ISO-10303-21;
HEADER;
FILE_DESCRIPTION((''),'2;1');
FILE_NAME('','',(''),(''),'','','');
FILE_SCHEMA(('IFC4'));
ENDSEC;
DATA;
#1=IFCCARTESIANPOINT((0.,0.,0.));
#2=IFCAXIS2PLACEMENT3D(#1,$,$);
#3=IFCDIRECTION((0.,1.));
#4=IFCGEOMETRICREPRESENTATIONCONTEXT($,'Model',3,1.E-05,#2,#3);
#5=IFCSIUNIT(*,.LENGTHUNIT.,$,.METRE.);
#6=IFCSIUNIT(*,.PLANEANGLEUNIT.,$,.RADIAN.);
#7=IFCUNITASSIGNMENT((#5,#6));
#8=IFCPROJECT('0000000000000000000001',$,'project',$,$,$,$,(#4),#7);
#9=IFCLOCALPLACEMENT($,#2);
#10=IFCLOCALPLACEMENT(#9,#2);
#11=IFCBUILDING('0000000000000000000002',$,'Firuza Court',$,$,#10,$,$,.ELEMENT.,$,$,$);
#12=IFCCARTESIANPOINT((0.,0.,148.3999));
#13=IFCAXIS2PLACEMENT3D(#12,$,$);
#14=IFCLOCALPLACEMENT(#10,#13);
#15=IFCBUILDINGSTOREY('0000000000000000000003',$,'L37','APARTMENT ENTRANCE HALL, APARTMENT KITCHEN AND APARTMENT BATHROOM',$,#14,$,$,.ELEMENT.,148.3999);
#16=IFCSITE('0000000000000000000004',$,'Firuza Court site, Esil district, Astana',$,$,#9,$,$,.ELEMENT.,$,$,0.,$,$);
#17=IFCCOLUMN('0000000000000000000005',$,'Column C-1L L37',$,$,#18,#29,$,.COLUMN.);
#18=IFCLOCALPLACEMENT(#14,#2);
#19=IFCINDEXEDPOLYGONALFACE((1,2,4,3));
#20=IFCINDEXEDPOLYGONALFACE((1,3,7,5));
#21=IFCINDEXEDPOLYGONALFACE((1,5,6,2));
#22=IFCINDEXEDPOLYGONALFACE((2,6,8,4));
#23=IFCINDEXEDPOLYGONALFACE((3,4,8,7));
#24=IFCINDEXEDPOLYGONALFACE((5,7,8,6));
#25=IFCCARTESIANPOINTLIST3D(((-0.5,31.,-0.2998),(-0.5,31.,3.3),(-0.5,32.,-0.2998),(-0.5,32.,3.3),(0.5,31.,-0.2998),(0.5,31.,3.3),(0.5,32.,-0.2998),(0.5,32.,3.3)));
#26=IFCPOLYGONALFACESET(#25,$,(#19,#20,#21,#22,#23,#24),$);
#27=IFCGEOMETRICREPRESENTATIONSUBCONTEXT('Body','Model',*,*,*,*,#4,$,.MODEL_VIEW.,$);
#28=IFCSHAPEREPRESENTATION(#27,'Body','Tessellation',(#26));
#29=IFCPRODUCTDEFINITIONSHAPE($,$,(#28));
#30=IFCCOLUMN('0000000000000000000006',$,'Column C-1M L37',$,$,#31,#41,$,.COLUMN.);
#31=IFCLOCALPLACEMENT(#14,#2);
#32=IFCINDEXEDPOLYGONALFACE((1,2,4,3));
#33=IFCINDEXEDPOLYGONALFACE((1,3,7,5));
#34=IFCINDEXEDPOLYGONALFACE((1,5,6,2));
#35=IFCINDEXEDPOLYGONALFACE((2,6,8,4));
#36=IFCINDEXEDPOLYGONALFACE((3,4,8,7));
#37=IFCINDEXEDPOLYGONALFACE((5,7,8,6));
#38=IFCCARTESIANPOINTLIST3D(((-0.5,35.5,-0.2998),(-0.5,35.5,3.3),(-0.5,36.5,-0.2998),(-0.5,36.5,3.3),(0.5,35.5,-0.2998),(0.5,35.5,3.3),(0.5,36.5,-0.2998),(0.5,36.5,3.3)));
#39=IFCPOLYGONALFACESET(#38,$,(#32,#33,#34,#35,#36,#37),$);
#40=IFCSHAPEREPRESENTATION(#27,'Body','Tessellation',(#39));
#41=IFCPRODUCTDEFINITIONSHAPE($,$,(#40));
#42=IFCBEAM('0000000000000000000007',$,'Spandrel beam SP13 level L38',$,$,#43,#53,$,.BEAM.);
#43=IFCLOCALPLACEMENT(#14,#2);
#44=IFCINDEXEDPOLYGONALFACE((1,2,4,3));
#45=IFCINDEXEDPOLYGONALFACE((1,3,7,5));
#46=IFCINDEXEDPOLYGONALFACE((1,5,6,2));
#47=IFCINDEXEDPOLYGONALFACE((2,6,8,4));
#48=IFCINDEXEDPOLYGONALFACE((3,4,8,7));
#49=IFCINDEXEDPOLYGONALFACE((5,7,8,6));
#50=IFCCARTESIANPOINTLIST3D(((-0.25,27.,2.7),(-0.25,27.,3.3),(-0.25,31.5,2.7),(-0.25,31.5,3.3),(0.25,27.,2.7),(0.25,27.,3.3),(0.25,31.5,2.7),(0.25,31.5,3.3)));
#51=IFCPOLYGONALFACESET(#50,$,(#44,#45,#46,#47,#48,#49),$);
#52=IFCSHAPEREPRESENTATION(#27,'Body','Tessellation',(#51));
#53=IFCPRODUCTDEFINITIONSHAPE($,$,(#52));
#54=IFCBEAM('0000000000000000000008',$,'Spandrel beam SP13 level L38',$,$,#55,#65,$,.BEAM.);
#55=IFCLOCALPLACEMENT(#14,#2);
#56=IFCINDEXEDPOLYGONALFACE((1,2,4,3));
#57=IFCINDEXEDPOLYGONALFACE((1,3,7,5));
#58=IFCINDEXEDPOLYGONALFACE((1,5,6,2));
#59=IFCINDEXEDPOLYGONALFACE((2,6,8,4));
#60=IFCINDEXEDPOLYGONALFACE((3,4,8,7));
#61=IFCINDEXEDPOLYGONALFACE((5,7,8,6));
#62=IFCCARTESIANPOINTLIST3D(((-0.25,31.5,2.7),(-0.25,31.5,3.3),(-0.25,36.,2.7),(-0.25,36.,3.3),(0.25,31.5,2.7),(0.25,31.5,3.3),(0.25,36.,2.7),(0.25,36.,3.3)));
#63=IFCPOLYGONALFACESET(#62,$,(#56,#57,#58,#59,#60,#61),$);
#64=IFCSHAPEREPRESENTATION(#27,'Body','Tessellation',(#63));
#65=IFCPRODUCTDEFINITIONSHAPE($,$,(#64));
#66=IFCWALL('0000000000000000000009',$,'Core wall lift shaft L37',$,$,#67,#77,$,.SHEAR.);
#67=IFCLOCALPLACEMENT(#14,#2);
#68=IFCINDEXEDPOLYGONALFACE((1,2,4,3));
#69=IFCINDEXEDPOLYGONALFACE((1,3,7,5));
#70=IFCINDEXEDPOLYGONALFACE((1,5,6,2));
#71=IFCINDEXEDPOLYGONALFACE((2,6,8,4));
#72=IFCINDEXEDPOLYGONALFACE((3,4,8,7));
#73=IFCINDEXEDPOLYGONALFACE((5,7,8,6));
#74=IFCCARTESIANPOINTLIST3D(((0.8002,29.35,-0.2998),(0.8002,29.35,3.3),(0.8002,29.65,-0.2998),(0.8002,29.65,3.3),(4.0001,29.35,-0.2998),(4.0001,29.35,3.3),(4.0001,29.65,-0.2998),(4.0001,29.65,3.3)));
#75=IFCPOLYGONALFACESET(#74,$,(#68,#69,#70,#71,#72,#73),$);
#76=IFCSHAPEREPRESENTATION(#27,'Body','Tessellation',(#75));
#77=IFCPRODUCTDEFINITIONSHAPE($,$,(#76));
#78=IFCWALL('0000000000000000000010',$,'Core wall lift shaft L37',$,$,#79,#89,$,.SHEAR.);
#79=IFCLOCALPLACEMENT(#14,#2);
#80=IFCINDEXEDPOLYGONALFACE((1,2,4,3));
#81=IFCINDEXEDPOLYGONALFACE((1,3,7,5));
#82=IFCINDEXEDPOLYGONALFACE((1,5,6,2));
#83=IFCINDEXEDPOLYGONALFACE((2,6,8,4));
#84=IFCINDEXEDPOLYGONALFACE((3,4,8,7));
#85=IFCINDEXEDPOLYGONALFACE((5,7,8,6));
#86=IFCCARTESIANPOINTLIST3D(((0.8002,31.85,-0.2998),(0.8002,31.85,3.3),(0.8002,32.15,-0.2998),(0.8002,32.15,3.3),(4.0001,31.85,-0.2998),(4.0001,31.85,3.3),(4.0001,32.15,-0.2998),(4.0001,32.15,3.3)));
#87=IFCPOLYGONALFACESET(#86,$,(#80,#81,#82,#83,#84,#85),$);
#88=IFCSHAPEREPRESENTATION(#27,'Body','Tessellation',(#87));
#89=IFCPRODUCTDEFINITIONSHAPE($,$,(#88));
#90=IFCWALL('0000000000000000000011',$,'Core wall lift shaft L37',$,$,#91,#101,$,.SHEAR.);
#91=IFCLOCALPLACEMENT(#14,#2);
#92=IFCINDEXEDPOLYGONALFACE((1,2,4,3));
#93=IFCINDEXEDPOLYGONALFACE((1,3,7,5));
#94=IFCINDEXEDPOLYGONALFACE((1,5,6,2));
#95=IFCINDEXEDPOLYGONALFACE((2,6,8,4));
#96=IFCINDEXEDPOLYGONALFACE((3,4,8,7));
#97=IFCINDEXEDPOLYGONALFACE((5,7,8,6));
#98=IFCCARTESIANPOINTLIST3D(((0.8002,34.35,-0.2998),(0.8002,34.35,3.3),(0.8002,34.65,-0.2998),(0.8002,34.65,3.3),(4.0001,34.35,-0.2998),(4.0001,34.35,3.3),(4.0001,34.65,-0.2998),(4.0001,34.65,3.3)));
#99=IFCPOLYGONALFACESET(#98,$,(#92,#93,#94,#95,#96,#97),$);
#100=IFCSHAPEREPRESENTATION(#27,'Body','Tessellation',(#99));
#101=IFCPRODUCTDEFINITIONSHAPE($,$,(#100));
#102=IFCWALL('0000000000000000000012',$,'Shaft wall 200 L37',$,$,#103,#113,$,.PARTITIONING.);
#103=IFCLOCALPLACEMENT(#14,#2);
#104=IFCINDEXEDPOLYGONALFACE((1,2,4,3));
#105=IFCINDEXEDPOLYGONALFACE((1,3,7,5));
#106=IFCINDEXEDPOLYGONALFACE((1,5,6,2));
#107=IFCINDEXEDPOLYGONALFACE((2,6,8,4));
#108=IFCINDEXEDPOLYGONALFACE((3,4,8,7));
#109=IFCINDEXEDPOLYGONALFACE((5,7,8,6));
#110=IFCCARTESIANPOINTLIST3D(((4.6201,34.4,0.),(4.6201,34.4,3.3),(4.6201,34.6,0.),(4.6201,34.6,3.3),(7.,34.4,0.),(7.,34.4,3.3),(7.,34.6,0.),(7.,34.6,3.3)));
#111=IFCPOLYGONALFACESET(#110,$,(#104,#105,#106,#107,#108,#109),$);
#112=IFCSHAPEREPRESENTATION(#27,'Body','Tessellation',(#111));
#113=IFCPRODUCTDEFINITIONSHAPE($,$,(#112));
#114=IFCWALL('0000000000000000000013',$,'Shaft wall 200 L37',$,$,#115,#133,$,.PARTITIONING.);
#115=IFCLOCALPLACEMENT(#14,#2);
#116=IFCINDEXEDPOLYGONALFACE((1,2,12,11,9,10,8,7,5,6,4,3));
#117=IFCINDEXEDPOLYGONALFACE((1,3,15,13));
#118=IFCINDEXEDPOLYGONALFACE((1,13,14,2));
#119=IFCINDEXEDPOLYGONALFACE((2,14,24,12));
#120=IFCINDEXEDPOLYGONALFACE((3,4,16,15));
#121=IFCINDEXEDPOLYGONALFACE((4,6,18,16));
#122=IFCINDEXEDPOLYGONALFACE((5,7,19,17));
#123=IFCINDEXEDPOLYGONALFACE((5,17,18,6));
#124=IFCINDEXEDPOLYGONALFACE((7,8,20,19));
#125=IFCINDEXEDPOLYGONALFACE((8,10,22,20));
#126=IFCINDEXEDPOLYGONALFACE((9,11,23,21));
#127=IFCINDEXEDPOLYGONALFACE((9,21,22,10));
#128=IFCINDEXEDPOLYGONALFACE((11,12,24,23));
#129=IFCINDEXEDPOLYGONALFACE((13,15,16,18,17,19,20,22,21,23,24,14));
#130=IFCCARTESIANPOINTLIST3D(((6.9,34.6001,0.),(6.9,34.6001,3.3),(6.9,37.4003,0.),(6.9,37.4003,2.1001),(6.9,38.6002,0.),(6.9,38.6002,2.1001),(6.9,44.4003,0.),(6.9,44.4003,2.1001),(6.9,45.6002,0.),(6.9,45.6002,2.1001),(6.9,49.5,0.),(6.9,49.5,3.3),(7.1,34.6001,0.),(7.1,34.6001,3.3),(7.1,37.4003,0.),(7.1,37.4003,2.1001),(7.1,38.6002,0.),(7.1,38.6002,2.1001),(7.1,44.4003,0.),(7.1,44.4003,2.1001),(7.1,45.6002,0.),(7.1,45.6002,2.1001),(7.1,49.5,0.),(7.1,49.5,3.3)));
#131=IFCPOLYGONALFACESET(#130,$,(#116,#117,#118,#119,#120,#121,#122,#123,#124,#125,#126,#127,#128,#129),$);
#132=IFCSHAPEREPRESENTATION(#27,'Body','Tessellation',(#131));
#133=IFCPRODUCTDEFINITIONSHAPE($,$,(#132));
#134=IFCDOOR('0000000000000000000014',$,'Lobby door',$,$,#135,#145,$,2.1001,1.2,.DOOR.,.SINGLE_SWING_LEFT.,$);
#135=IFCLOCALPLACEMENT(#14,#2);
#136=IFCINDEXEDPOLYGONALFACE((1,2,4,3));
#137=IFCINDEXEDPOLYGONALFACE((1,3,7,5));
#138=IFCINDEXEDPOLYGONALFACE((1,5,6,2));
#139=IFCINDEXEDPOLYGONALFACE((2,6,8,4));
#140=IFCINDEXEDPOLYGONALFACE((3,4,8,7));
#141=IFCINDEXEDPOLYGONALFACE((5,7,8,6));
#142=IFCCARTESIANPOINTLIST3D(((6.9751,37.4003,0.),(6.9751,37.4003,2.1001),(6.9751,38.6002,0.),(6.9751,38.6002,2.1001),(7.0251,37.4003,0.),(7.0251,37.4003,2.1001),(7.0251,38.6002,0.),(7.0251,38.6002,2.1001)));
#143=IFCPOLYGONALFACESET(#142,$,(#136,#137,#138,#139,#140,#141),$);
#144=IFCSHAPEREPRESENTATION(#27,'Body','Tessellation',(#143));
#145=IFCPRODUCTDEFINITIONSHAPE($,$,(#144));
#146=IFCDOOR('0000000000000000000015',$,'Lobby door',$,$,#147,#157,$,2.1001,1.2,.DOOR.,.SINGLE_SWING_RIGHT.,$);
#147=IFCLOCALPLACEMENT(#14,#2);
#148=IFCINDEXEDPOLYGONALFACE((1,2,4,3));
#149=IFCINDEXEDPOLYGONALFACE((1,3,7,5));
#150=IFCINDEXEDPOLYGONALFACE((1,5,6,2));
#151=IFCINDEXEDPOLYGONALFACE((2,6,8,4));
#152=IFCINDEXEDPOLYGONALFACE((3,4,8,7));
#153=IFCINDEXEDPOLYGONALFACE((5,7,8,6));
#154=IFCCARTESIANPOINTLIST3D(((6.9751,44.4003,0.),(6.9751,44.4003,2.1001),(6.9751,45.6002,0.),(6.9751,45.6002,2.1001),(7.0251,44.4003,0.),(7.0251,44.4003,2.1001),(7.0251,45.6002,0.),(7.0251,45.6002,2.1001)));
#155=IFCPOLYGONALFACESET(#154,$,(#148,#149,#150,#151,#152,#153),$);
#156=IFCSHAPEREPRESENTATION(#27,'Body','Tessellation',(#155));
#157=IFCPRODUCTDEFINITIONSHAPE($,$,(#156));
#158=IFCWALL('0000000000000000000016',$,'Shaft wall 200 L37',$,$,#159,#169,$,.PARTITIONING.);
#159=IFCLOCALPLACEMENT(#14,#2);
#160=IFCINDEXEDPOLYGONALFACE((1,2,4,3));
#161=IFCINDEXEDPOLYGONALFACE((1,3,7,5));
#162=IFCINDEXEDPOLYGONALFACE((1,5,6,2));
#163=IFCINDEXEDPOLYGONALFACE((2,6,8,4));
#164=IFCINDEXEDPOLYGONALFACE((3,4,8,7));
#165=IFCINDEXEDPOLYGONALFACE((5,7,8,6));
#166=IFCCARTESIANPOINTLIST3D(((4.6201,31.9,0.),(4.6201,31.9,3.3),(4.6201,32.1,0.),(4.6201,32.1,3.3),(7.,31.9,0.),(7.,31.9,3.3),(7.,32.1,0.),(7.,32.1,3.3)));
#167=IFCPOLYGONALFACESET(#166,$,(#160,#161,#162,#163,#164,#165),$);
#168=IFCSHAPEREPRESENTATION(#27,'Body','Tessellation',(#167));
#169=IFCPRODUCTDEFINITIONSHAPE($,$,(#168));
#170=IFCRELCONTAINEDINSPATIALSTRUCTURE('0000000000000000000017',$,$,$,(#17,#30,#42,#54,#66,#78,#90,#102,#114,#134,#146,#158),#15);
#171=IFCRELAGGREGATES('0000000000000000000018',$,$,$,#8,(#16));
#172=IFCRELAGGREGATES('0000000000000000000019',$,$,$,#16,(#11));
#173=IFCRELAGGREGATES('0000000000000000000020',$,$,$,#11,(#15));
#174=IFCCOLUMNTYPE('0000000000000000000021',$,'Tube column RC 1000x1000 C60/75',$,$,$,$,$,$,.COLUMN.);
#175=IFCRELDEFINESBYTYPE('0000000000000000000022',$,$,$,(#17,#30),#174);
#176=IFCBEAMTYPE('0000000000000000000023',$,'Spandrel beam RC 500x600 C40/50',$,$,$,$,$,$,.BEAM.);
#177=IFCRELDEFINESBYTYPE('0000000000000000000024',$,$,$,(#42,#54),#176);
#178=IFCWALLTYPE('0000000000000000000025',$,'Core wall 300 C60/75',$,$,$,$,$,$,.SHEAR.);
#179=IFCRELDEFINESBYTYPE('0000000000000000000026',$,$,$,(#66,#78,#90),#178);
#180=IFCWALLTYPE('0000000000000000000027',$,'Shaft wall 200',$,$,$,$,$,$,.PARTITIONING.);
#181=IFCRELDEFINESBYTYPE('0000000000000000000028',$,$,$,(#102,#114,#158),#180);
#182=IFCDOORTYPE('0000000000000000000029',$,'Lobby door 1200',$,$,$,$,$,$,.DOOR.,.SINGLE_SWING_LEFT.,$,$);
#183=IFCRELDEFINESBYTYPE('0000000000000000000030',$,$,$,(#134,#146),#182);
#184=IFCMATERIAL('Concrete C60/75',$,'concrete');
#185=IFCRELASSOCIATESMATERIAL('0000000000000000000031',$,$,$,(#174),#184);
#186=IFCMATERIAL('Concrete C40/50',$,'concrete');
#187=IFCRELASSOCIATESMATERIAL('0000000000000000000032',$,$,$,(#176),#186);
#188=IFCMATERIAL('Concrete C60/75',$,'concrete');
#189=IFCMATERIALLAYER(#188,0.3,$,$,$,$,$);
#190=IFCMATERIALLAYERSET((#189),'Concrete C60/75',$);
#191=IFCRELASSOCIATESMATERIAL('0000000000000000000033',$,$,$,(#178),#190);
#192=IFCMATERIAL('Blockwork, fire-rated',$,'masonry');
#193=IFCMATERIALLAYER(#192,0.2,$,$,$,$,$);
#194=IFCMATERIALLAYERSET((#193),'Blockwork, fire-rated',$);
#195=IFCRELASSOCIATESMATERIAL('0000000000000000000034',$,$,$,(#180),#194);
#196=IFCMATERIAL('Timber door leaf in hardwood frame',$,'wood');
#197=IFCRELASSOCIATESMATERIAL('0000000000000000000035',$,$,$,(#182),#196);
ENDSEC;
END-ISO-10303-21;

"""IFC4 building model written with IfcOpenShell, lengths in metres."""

from ifc_helpers import new_model, si_unit, direction, frame, frame_2d, origin, origin_2d, place, context, subcontext, project, spatial, rectangle, extrude, material, layer, layer_set, material_profile, profile_set, type_object, element, fill, save


model = new_model("IFC4")

# Units and contexts
model_context = context("Model", 3, precision=1e-05, world=origin(), true_north=direction((0.0, 1.0)))
body_context = subcontext(model_context, "Body", "Model", "MODEL_VIEW")
ifc_project = project(units=[si_unit("LENGTHUNIT", "METRE"), si_unit("PLANEANGLEUNIT", "RADIAN")], contexts=[model_context])

# Site, building, storey
site_placement = place(None, origin())
site = spatial("IfcSite", under=ifc_project, at=site_placement, Name="Firuza Court site, Esil district, Astana", CompositionType="ELEMENT", RefElevation=0.0)
building_placement = place(site_placement, origin())
building = spatial("IfcBuilding", under=site, at=building_placement, Name="Firuza Court", CompositionType="ELEMENT")
storey_placement = place(building_placement, frame((0.0, 0.0, 148.3999)))
storey = spatial("IfcBuildingStorey", under=building, at=storey_placement, Name="L37", Description="APARTMENT ENTRANCE HALL, APARTMENT KITCHEN AND APARTMENT BATHROOM", CompositionType="ELEMENT", Elevation=148.3999)

# Columns
ifc_material_1 = material(Name="Concrete C60/75", Category="concrete")
ifc_material_profile_1 = material_profile(ifc_material_1, rectangle(XDim=1.0, YDim=1.0, at=origin_2d()), Name="RC 1000x1000")
ifc_profile_set_1 = profile_set([ifc_material_profile_1], Name="Concrete C60/75")
column_type = type_object("IfcColumnType", Name="Tube column RC 1000x1000 C60/75", PredefinedType="COLUMN", material=ifc_profile_set_1)
for number, where, z_axis, x_axis, name in (
    (1, (0.0, 31.5, -0.2998), (0.0, 0.0, 1.0), (1.0, 0.0, 0.0), "Column C-1L L37"),
    (2, (0.0, 36.0, -0.2998), (0.0, 0.0, 1.0), (1.0, 0.0, 0.0), "Column C-1M L37"),
):
    element("IfcColumn", number, at=place(storey_placement, frame(where, z_axis=z_axis, x_axis=x_axis)), inside=storey, type_object=column_type, Name=name, PredefinedType="COLUMN", context=body_context, shape_type="SweptSolid", body=[
        extrude(rectangle(XDim=1.0, YDim=1.0, at=origin_2d()), origin(), (0.0, 0.0, 1.0), 3.5999),
    ])

# Beams
ifc_material_2 = material(Name="Concrete C40/50", Category="concrete")
ifc_material_profile_2 = material_profile(ifc_material_2, rectangle(XDim=0.5, YDim=0.6001, at=origin_2d()), Name="RC 500x600")
ifc_profile_set_2 = profile_set([ifc_material_profile_2], Name="Concrete C40/50")
beam_type = type_object("IfcBeamType", Name="Spandrel beam RC 500x600 C40/50", PredefinedType="BEAM", material=ifc_profile_set_2)
for number, where, z_axis, x_axis, name in (
    (3, (0.0, 31.5, 3.0), (0.0, -1.0, 0.0), (1.0, 0.0, 0.0), "Spandrel beam SP13 level L38"),
    (4, (0.0, 36.0, 3.0), (0.0, -1.0, 0.0), (1.0, 0.0, 0.0), "Spandrel beam SP13 level L38"),
):
    element("IfcBeam", number, at=place(storey_placement, frame(where, z_axis=z_axis, x_axis=x_axis)), inside=storey, type_object=beam_type, Name=name, PredefinedType="BEAM", context=body_context, shape_type="SweptSolid", body=[
        extrude(rectangle(XDim=0.5, YDim=0.6001, at=origin_2d()), origin(), (0.0, 0.0, 1.0), 4.5),
    ])

# Walls
ifc_material_3 = material(Name="Concrete C60/75", Category="concrete")
ifc_layer_1 = layer(ifc_material_3, 0.3)
ifc_layer_set_1 = layer_set([ifc_layer_1], Name="Concrete C60/75")
wall_type_1 = type_object("IfcWallType", Name="Core wall 300 C60/75", PredefinedType="SHEAR", material=ifc_layer_set_1)
for number, where, z_axis, x_axis, name in (
    (5, (0.8, 29.5, -0.2998), (0.0, 0.0, 1.0), (1.0, 0.0, 0.0), "Core wall lift shaft L37"),
    (6, (0.8, 32.0, -0.2998), (0.0, 0.0, 1.0), (1.0, 0.0, 0.0), "Core wall lift shaft L37"),
    (7, (0.8, 34.5, -0.2998), (0.0, 0.0, 1.0), (1.0, 0.0, 0.0), "Core wall lift shaft L37"),
):
    element("IfcWall", number, at=place(storey_placement, frame(where, z_axis=z_axis, x_axis=x_axis)), inside=storey, type_object=wall_type_1, Name=name, PredefinedType="SHEAR", context=body_context, shape_type="SweptSolid", body=[
        extrude(rectangle(XDim=3.2, YDim=0.3, at=frame_2d((1.6001, 0.0))), origin(), (0.0, 0.0, 1.0), 3.5999),
    ])

# Wall
ifc_material_4 = material(Name="Blockwork, fire-rated", Category="masonry")
ifc_layer_2 = layer(ifc_material_4, 0.2)
ifc_layer_set_2 = layer_set([ifc_layer_2], Name="Blockwork, fire-rated")
wall_type_2 = type_object("IfcWallType", Name="Shaft wall 200", PredefinedType="PARTITIONING", material=ifc_layer_set_2)
wall_1_placement = place(storey_placement, frame((4.6201, 34.5, 0.0), z_axis=(0.0, 0.0, 1.0), x_axis=(1.0, 0.0, 0.0)))
element("IfcWall", 8, at=wall_1_placement, inside=storey, type_object=wall_type_2, Name="Shaft wall 200 L37", PredefinedType="PARTITIONING", context=body_context, shape_type="SweptSolid", body=[
    extrude(rectangle(XDim=2.3799, YDim=0.2, at=frame_2d((1.1899, 0.0))), origin(), (0.0, 0.0, 1.0), 3.3),
])

# Wall, openings, doors
wall_2_placement = place(storey_placement, frame((7.0, 34.6001, 0.0), z_axis=(0.0, 0.0, 1.0), x_axis=(0.0, 1.0, 0.0)))
wall_2 = element("IfcWall", 9, at=wall_2_placement, inside=storey, type_object=wall_type_2, Name="Shaft wall 200 L37", PredefinedType="PARTITIONING", context=body_context, shape_type="SweptSolid", body=[
    extrude(rectangle(XDim=14.8999, YDim=0.2, at=frame_2d((7.45, 0.0))), origin(), (0.0, 0.0, 1.0), 3.3),
])
opening_1_placement = place(wall_2_placement, frame((2.8, 0.0, 0.0)))
opening_1 = element("IfcOpeningElement", 10, at=opening_1_placement, cuts=wall_2, PredefinedType="OPENING", context=body_context, shape_type="SweptSolid", body=[
    extrude(rectangle(XDim=1.2, YDim=2.1001, at=frame_2d((0.6001, 1.05))), frame((0.0, 0.1118, 0.0), z_axis=(0.0, -1.0, 0.0), x_axis=(1.0, 0.0, 0.0)), (0.0, 0.0, 1.0), 0.2239),
])
opening_2_placement = place(wall_2_placement, frame((9.8, 0.0, 0.0)))
opening_2 = element("IfcOpeningElement", 11, at=opening_2_placement, cuts=wall_2, PredefinedType="OPENING", context=body_context, shape_type="SweptSolid", body=[
    extrude(rectangle(XDim=1.2, YDim=2.1001, at=frame_2d((0.6001, 1.05))), frame((0.0, 0.1118, 0.0), z_axis=(0.0, -1.0, 0.0), x_axis=(1.0, 0.0, 0.0)), (0.0, 0.0, 1.0), 0.2239),
])
ifc_material_5 = material(Name="Timber door leaf in hardwood frame", Category="wood")
door_type_1 = type_object("IfcDoorType", Name="Lobby door 1200", OperationType="SINGLE_SWING_LEFT", PredefinedType="DOOR", material=ifc_material_5)
door_1_placement = place(opening_1_placement, origin())
door_1 = element("IfcDoor", 12, at=door_1_placement, inside=storey, type_object=door_type_1, Name="Lobby door", OperationType="SINGLE_SWING_LEFT", OverallHeight=2.1001, OverallWidth=1.2, PredefinedType="DOOR", context=body_context, shape_type="SweptSolid", body=[
    extrude(rectangle(XDim=1.2, YDim=2.1001, at=frame_2d((0.6001, 1.05))), frame((0.0, 0.0249, 0.0), z_axis=(0.0, -1.0, 0.0), x_axis=(1.0, 0.0, 0.0)), (0.0, 0.0, 1.0), 0.05),
])
fill(opening_1, door_1)
door_2_placement = place(opening_2_placement, origin())
door_2 = element("IfcDoor", 13, at=door_2_placement, inside=storey, type_object=door_type_1, Name="Lobby door", OperationType="SINGLE_SWING_RIGHT", OverallHeight=2.1001, OverallWidth=1.2, PredefinedType="DOOR", context=body_context, shape_type="SweptSolid", body=[
    extrude(rectangle(XDim=1.2, YDim=2.1001, at=frame_2d((0.6001, 1.05))), frame((0.0, 0.0249, 0.0), z_axis=(0.0, -1.0, 0.0), x_axis=(1.0, 0.0, 0.0)), (0.0, 0.0, 1.0), 0.05),
])
fill(opening_2, door_2)

# Wall
wall_3_placement = place(storey_placement, frame((4.6201, 32.0, 0.0), z_axis=(0.0, 0.0, 1.0), x_axis=(1.0, 0.0, 0.0)))
element("IfcWall", 14, at=wall_3_placement, inside=storey, type_object=wall_type_2, Name="Shaft wall 200 L37", PredefinedType="PARTITIONING", context=body_context, shape_type="SweptSolid", body=[
    extrude(rectangle(XDim=2.3799, YDim=0.2, at=frame_2d((1.1899, 0.0))), origin(), (0.0, 0.0, 1.0), 3.3),
])

save(model, "model.ifc")
